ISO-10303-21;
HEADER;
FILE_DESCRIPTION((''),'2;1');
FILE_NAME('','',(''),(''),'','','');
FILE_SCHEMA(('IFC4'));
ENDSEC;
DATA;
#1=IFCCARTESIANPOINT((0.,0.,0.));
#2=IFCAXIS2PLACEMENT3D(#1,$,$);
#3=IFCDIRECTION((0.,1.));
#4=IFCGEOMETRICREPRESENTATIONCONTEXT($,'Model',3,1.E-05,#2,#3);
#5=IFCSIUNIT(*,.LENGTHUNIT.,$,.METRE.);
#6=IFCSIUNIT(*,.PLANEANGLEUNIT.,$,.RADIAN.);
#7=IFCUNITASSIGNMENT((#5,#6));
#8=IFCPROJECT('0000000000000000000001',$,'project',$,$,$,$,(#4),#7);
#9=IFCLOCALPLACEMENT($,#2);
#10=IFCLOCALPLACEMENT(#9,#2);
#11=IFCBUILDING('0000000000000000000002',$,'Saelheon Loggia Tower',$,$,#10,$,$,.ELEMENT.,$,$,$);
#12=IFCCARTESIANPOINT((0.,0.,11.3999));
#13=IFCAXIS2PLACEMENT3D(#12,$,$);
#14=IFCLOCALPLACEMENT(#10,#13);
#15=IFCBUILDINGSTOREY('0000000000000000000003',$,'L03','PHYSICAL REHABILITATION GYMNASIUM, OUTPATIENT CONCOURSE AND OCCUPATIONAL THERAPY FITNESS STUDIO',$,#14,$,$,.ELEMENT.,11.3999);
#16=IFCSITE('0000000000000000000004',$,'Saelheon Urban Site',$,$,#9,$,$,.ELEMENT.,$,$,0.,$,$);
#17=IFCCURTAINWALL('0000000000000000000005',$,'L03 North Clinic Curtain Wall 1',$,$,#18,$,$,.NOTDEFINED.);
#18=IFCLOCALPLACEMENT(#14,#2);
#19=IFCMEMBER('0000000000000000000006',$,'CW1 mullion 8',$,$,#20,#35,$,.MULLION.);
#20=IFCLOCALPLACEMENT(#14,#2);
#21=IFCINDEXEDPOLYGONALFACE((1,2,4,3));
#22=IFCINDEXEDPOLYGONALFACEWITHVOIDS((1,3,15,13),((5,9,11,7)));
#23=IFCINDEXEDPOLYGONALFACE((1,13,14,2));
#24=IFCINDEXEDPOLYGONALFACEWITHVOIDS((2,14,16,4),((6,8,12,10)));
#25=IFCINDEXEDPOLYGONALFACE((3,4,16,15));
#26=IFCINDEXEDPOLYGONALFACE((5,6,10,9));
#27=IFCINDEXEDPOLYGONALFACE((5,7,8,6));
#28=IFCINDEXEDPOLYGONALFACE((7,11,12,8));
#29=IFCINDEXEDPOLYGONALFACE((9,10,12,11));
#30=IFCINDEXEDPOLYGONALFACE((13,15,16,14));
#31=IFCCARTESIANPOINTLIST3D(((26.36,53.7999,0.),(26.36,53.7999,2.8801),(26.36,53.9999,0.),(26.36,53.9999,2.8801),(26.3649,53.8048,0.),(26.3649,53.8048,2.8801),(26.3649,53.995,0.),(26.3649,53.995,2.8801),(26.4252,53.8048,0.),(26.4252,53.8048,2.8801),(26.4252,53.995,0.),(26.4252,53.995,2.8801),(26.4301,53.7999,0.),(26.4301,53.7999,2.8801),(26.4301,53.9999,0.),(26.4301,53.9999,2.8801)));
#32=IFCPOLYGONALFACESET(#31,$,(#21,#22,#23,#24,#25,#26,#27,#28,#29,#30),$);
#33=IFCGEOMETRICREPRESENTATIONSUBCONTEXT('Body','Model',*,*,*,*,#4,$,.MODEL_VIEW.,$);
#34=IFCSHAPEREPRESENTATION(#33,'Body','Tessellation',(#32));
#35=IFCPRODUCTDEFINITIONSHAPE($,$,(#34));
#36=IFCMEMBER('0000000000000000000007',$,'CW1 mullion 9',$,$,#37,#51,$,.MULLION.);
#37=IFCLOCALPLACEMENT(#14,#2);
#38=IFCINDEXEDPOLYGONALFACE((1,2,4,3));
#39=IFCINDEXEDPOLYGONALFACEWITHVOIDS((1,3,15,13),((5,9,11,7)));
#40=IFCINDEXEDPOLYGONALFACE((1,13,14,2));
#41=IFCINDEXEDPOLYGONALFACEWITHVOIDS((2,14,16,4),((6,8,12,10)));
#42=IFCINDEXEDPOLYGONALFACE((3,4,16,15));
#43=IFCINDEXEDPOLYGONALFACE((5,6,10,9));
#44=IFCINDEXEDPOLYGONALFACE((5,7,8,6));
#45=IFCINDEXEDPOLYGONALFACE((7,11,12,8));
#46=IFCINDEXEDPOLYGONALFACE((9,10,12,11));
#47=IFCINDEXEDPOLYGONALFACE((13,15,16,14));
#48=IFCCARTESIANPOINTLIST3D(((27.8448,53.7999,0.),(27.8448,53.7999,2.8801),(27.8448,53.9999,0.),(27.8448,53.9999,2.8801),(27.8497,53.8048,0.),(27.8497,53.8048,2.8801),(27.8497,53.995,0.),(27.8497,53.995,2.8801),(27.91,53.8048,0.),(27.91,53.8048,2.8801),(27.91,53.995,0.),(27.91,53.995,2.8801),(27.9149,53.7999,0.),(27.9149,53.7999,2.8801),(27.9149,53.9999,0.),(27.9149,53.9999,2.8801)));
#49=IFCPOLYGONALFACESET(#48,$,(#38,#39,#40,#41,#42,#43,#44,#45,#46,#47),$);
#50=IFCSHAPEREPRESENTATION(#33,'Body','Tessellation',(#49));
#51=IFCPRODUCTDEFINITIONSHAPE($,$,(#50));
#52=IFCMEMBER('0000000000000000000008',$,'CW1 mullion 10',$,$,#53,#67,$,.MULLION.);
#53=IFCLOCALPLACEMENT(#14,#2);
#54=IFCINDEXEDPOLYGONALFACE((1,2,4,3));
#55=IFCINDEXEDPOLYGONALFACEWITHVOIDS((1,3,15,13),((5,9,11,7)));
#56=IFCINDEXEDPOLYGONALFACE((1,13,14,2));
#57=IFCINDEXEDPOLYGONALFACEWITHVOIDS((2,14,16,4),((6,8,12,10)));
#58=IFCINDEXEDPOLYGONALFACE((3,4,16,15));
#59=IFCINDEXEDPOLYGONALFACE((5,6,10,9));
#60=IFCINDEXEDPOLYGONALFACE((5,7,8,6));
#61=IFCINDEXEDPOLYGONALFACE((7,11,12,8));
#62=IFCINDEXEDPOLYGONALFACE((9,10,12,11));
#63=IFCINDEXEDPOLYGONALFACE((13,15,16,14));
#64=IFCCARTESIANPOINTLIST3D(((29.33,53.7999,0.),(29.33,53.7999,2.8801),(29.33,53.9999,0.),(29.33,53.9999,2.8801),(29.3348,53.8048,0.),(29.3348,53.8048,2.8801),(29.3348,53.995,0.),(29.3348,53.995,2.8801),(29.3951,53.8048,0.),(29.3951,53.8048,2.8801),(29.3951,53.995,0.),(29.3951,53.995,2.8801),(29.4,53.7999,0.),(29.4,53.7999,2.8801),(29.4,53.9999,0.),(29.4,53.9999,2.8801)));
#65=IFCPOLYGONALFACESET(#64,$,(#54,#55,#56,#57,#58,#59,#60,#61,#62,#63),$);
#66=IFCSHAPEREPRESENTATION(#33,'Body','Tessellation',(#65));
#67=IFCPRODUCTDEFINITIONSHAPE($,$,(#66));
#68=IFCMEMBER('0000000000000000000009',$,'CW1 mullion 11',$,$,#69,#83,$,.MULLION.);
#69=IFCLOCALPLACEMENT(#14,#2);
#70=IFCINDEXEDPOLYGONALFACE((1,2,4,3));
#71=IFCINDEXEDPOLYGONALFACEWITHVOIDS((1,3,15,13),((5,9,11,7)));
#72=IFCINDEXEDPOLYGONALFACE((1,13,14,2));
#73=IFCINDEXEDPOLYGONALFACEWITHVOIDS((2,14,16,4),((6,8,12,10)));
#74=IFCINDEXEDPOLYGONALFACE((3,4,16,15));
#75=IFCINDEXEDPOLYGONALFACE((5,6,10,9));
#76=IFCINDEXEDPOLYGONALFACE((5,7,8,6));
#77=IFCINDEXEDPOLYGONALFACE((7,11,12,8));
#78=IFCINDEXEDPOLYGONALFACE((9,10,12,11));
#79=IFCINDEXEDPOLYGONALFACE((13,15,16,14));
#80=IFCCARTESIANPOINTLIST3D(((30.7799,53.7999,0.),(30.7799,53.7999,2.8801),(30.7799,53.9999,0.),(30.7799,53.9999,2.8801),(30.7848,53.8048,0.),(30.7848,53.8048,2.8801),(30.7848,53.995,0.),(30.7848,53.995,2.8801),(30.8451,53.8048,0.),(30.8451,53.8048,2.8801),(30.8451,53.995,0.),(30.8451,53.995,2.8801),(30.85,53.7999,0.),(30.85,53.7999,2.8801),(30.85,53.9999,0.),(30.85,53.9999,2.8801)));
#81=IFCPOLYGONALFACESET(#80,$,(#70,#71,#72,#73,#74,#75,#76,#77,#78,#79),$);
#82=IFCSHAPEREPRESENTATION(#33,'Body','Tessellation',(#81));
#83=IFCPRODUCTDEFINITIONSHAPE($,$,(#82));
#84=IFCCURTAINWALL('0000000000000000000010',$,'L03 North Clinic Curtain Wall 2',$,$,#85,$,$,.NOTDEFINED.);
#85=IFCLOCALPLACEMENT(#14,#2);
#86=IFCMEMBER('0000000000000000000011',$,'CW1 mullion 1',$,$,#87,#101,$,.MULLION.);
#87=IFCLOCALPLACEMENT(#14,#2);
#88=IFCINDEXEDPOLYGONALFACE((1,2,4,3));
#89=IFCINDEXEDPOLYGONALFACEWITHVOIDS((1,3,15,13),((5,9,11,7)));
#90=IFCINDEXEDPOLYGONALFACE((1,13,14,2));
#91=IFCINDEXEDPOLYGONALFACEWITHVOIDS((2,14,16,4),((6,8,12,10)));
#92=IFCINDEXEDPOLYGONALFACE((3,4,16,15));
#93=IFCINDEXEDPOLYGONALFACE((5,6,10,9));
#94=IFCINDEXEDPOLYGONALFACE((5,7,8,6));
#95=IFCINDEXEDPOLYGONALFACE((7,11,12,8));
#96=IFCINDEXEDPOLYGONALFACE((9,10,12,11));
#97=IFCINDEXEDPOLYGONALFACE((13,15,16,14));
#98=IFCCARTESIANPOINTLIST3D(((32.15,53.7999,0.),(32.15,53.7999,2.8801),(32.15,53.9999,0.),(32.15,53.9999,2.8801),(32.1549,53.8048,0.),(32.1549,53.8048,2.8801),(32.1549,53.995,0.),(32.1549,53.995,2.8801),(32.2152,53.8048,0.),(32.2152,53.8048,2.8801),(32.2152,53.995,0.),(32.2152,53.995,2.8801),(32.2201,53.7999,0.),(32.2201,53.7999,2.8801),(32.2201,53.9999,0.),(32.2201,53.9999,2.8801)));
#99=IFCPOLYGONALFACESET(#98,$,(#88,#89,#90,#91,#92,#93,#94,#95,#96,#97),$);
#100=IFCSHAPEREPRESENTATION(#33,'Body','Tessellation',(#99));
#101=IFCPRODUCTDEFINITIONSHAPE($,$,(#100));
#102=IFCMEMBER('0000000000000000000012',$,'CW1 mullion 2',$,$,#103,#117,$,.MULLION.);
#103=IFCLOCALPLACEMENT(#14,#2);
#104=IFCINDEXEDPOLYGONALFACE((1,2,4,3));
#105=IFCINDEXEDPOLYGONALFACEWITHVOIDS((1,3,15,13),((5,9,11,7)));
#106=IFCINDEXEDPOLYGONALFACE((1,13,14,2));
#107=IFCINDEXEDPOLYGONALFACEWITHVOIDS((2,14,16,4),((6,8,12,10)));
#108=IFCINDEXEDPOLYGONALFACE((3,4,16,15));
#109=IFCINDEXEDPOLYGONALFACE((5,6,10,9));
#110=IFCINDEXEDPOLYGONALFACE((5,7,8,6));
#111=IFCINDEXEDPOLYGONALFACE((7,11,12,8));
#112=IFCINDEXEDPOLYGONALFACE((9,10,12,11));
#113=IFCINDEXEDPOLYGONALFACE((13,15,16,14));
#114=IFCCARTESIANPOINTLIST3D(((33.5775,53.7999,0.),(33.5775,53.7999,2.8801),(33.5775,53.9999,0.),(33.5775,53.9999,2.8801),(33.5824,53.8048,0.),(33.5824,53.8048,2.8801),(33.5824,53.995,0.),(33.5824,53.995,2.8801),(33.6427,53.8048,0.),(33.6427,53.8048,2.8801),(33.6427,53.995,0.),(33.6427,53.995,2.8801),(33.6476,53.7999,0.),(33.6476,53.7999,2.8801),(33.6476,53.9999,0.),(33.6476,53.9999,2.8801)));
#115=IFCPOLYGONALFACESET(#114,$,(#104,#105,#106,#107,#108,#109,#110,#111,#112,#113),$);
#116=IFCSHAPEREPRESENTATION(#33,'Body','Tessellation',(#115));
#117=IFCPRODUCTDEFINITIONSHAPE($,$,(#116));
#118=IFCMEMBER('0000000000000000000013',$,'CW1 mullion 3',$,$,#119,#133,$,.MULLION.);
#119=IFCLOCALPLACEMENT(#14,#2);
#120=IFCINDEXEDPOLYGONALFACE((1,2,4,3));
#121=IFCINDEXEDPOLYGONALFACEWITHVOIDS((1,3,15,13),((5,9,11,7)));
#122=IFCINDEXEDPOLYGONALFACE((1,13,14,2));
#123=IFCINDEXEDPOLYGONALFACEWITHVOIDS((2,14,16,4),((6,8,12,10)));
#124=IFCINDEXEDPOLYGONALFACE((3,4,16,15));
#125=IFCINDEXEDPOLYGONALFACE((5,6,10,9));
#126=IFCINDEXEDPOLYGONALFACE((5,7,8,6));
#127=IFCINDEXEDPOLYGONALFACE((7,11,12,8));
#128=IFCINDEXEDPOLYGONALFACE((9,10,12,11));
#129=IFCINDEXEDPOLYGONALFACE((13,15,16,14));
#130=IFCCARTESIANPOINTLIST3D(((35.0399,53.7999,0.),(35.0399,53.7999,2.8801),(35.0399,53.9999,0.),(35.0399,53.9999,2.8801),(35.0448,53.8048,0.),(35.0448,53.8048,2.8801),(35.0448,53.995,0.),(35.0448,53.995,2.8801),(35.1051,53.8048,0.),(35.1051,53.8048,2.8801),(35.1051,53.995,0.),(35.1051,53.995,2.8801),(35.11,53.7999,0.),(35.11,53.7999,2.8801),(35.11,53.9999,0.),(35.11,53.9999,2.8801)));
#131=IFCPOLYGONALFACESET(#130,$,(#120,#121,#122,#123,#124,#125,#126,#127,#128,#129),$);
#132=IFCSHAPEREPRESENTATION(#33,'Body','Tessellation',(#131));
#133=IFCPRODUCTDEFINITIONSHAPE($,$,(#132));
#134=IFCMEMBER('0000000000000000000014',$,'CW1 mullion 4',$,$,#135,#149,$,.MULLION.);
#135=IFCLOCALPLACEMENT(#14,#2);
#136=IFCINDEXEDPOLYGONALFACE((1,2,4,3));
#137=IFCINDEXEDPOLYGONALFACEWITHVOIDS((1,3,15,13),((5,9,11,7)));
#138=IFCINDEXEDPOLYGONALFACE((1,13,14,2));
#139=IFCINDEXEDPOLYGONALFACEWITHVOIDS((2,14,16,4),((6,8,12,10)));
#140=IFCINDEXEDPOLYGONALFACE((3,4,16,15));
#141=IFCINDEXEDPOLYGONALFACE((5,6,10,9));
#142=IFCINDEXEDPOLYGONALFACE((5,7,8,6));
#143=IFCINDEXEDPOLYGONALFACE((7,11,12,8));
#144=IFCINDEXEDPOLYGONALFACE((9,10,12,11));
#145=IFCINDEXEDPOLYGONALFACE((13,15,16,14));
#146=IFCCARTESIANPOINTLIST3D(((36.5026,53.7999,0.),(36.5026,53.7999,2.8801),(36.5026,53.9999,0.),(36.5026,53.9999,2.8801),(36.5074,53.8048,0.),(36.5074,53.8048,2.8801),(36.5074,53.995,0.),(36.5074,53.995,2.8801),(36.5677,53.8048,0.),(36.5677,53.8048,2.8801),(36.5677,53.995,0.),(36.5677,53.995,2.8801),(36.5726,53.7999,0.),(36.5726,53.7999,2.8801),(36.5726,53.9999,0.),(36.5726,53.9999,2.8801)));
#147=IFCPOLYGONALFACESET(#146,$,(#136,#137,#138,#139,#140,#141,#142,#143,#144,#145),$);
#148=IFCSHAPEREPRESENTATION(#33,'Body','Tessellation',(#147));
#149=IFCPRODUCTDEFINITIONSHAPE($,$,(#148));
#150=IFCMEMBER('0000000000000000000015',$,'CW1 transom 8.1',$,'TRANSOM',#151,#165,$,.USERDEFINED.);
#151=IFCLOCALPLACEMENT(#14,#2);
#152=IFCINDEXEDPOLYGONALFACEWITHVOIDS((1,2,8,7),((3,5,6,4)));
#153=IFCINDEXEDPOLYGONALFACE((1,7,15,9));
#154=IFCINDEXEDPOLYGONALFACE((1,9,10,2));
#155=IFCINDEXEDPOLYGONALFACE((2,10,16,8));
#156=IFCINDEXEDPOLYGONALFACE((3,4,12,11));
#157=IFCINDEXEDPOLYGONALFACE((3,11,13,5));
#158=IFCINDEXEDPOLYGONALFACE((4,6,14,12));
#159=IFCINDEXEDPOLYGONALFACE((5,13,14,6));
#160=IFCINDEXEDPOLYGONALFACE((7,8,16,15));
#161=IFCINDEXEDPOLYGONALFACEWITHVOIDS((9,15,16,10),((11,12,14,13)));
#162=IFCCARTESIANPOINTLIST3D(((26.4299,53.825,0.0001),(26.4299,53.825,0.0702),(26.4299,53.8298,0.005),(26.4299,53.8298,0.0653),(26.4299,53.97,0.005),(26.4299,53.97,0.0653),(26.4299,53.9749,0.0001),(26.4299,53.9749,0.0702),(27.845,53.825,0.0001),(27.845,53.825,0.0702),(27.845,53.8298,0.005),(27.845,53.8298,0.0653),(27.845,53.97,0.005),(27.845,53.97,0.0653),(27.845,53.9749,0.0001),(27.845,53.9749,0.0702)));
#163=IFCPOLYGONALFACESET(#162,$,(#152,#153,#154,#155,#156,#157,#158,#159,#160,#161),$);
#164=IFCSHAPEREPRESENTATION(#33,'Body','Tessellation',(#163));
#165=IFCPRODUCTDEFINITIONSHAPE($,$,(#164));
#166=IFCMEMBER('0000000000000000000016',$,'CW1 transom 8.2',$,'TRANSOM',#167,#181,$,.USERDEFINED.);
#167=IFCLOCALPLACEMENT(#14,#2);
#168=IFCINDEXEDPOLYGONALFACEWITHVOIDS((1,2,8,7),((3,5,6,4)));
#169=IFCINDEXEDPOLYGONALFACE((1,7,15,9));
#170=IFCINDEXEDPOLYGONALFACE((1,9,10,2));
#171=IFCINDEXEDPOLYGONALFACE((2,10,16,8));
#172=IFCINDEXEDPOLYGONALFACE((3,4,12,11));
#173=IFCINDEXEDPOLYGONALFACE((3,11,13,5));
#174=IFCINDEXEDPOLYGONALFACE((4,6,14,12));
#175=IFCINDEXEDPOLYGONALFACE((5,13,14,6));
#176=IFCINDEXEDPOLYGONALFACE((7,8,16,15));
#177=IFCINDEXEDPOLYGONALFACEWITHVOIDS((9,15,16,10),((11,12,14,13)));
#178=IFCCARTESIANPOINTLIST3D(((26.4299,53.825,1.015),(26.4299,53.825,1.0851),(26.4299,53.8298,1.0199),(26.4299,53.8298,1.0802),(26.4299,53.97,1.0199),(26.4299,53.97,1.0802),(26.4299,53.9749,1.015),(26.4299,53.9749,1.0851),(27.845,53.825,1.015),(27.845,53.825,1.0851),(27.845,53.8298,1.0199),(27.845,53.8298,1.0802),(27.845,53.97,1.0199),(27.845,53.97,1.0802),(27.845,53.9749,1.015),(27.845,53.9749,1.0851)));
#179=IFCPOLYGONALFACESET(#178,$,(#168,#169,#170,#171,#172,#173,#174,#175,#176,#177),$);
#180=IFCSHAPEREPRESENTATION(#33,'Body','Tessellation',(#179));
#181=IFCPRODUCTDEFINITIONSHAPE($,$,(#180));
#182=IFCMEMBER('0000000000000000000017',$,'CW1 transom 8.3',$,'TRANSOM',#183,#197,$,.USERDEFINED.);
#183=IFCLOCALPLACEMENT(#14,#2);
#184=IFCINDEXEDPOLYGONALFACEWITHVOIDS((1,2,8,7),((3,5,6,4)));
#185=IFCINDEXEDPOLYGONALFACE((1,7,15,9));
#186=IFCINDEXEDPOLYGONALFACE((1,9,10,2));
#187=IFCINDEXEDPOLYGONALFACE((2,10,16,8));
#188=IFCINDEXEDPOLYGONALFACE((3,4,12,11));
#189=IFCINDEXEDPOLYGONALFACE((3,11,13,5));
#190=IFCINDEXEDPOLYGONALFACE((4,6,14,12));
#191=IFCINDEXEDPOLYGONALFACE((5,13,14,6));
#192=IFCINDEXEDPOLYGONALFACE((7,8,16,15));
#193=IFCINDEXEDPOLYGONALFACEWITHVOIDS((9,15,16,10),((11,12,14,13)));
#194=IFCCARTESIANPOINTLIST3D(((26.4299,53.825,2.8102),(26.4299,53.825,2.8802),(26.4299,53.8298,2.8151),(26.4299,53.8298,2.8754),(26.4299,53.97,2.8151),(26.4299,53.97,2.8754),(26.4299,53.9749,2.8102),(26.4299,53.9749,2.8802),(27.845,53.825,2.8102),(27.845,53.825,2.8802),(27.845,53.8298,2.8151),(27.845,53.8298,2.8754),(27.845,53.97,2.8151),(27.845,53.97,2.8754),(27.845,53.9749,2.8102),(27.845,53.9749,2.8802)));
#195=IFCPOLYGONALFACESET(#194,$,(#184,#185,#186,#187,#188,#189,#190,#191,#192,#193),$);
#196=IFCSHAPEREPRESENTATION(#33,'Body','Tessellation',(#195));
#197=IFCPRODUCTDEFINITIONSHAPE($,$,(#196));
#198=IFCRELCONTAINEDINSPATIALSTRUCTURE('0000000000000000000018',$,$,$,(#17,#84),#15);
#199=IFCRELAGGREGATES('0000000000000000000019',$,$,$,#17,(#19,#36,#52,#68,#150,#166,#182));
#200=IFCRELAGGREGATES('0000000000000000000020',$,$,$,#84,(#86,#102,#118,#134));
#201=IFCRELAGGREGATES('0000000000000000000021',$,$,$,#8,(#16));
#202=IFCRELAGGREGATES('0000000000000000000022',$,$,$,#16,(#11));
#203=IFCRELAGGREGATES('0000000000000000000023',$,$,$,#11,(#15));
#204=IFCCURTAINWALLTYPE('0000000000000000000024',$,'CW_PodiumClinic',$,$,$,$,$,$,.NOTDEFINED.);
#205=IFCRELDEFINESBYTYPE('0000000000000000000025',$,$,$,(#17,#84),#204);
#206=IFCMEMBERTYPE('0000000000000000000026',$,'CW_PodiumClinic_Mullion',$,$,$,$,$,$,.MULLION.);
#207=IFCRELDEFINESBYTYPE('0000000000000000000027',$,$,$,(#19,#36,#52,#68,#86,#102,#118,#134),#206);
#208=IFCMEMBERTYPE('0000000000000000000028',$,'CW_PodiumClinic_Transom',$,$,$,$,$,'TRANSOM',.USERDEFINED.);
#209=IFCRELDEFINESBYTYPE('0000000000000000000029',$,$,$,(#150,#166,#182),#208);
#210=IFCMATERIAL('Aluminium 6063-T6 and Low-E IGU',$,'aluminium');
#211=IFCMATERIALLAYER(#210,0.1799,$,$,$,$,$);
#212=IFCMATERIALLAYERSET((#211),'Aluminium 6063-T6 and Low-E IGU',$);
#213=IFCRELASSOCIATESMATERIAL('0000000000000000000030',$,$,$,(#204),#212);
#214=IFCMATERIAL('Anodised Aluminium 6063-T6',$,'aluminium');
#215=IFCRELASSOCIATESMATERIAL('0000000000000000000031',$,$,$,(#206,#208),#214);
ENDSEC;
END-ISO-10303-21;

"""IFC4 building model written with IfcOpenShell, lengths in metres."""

from ifc_helpers import new_model, si_unit, direction, frame, origin, origin_2d, place, context, subcontext, project, spatial, hollow_rectangle, extrude, source, transform, mapped, material, layer, layer_set, material_profile, profile_set, type_object, element, aggregate, save


model = new_model("IFC4")

# Units and contexts
model_context = context("Model", 3, precision=1e-05, world=origin(), true_north=direction((0.0, 1.0)))
body_context = subcontext(model_context, "Body", "Model", "MODEL_VIEW")
ifc_project = project(units=[si_unit("LENGTHUNIT", "METRE"), si_unit("PLANEANGLEUNIT", "RADIAN")], contexts=[model_context])

# Site, building, storey
site_placement = place(None, origin())
site = spatial("IfcSite", under=ifc_project, at=site_placement, Name="Saelheon Urban Site", CompositionType="ELEMENT", RefElevation=0.0)
building_placement = place(site_placement, origin())
building = spatial("IfcBuilding", under=site, at=building_placement, Name="Saelheon Loggia Tower", CompositionType="ELEMENT")
storey_placement = place(building_placement, frame((0.0, 0.0, 11.3999)))
storey = spatial("IfcBuildingStorey", under=building, at=storey_placement, Name="L03", Description="PHYSICAL REHABILITATION GYMNASIUM, OUTPATIENT CONCOURSE AND OCCUPATIONAL THERAPY FITNESS STUDIO", CompositionType="ELEMENT", Elevation=11.3999)

# Curtain walls, members
ifc_material_1 = material(Name="Aluminium 6063-T6 and Low-E IGU", Category="aluminium")
ifc_layer_1 = layer(ifc_material_1, 0.1799)
ifc_layer_set_1 = layer_set([ifc_layer_1], Name="Aluminium 6063-T6 and Low-E IGU")
curtain_wall_type = type_object("IfcCurtainWallType", Name="CW_PodiumClinic", PredefinedType="NOTDEFINED", material=ifc_layer_set_1)
curtain_wall_1_placement = place(storey_placement, origin())
curtain_wall_1 = element("IfcCurtainWall", 1, at=curtain_wall_1_placement, inside=storey, type_object=curtain_wall_type, Name="L03 North Clinic Curtain Wall 1", PredefinedType="NOTDEFINED")
ifc_material_2 = material(Name="Anodised Aluminium 6063-T6", Category="aluminium")
ifc_material_profile_1 = material_profile(ifc_material_2, hollow_rectangle(XDim=0.0701, YDim=0.2, WallThickness=0.0049, at=origin_2d()), Name="RHS-200x70x5")
ifc_profile_set_1 = profile_set([ifc_material_profile_1], Name="Anodised Aluminium 6063-T6")
member_type_1 = type_object("IfcMemberType", Name="CW_PodiumClinic_Mullion", PredefinedType="MULLION", material=ifc_profile_set_1)
shared_shape_1 = source(origin(), body_context, "Body", "SweptSolid", [
    extrude(hollow_rectangle(XDim=0.0701, YDim=0.2, WallThickness=0.0049, at=origin_2d()), origin(), (0.0, 0.0, 1.0), 2.8801),
])
member_1_placement = place(storey_placement, frame((26.395, 53.8999, 0.0), z_axis=(0.0, 0.0, 1.0), x_axis=(1.0, 0.0, 0.0)))
member_1 = element("IfcMember", 2, at=member_1_placement, type_object=member_type_1, Name="CW1 mullion 8", PredefinedType="MULLION", context=body_context, shape_type="MappedRepresentation", body=[
    mapped(shared_shape_1, transform((0.0, 0.0, 0.0), scale=1.0)),
])
member_2_placement = place(storey_placement, frame((27.8799, 53.8999, 0.0), z_axis=(0.0, 0.0, 1.0), x_axis=(1.0, 0.0, 0.0)))
member_2 = element("IfcMember", 3, at=member_2_placement, type_object=member_type_1, Name="CW1 mullion 9", PredefinedType="MULLION", context=body_context, shape_type="MappedRepresentation", body=[
    mapped(shared_shape_1, transform((0.0, 0.0, 0.0), scale=1.0)),
])
member_3_placement = place(storey_placement, frame((29.365, 53.8999, 0.0), z_axis=(0.0, 0.0, 1.0), x_axis=(1.0, 0.0, 0.0)))
member_3 = element("IfcMember", 4, at=member_3_placement, type_object=member_type_1, Name="CW1 mullion 10", PredefinedType="MULLION", context=body_context, shape_type="MappedRepresentation", body=[
    mapped(shared_shape_1, transform((0.0, 0.0, 0.0), scale=1.0)),
])
member_4_placement = place(storey_placement, frame((30.8149, 53.8999, 0.0), z_axis=(0.0, 0.0, 1.0), x_axis=(1.0, 0.0, 0.0)))
member_4 = element("IfcMember", 5, at=member_4_placement, type_object=member_type_1, Name="CW1 mullion 11", PredefinedType="MULLION", context=body_context, shape_type="MappedRepresentation", body=[
    mapped(shared_shape_1, transform((0.0, 0.0, 0.0), scale=1.0)),
])
curtain_wall_2_placement = place(storey_placement, origin())
curtain_wall_2 = element("IfcCurtainWall", 6, at=curtain_wall_2_placement, inside=storey, type_object=curtain_wall_type, Name="L03 North Clinic Curtain Wall 2", PredefinedType="NOTDEFINED")
member_5_placement = place(storey_placement, frame((32.1851, 53.8999, 0.0), z_axis=(0.0, 0.0, 1.0), x_axis=(1.0, 0.0, 0.0)))
member_5 = element("IfcMember", 7, at=member_5_placement, type_object=member_type_1, Name="CW1 mullion 1", PredefinedType="MULLION", context=body_context, shape_type="MappedRepresentation", body=[
    mapped(shared_shape_1, transform((0.0, 0.0, 0.0), scale=1.0)),
])
member_6_placement = place(storey_placement, frame((33.6125, 53.8999, 0.0), z_axis=(0.0, 0.0, 1.0), x_axis=(1.0, 0.0, 0.0)))
member_6 = element("IfcMember", 8, at=member_6_placement, type_object=member_type_1, Name="CW1 mullion 2", PredefinedType="MULLION", context=body_context, shape_type="MappedRepresentation", body=[
    mapped(shared_shape_1, transform((0.0, 0.0, 0.0), scale=1.0)),
])
member_7_placement = place(storey_placement, frame((35.075, 53.8999, 0.0), z_axis=(0.0, 0.0, 1.0), x_axis=(1.0, 0.0, 0.0)))
member_7 = element("IfcMember", 9, at=member_7_placement, type_object=member_type_1, Name="CW1 mullion 3", PredefinedType="MULLION", context=body_context, shape_type="MappedRepresentation", body=[
    mapped(shared_shape_1, transform((0.0, 0.0, 0.0), scale=1.0)),
])
member_8_placement = place(storey_placement, frame((36.5376, 53.8999, 0.0), z_axis=(0.0, 0.0, 1.0), x_axis=(1.0, 0.0, 0.0)))
member_8 = element("IfcMember", 10, at=member_8_placement, type_object=member_type_1, Name="CW1 mullion 4", PredefinedType="MULLION", context=body_context, shape_type="MappedRepresentation", body=[
    mapped(shared_shape_1, transform((0.0, 0.0, 0.0), scale=1.0)),
])

# Members
ifc_material_profile_2 = material_profile(ifc_material_2, hollow_rectangle(XDim=0.0701, YDim=0.1499, WallThickness=0.0049, at=origin_2d()), Name="RHS-150x70x5")
ifc_profile_set_2 = profile_set([ifc_material_profile_2], Name="Anodised Aluminium 6063-T6")
member_type_2 = type_object("IfcMemberType", Name="CW_PodiumClinic_Transom", ElementType="TRANSOM", PredefinedType="USERDEFINED", material=ifc_profile_set_2)
shared_shape_2 = source(origin(), body_context, "Body", "SweptSolid", [
    extrude(hollow_rectangle(XDim=0.0701, YDim=0.1499, WallThickness=0.0049, at=origin_2d()), origin(), (0.0, 0.0, 1.0), 1.415),
])
member_9_placement = place(storey_placement, frame((26.4299, 53.8999, 0.0352), z_axis=(1.0, 0.0, 0.0), x_axis=(0.0, 0.0, 1.0)))
member_9 = element("IfcMember", 11, at=member_9_placement, type_object=member_type_2, Name="CW1 transom 8.1", ObjectType="TRANSOM", PredefinedType="USERDEFINED", context=body_context, shape_type="MappedRepresentation", body=[
    mapped(shared_shape_2, transform((0.0, 0.0, 0.0), scale=1.0)),
])
member_10_placement = place(storey_placement, frame((26.4299, 53.8999, 1.05), z_axis=(1.0, 0.0, 0.0), x_axis=(0.0, 0.0, 1.0)))
member_10 = element("IfcMember", 12, at=member_10_placement, type_object=member_type_2, Name="CW1 transom 8.2", ObjectType="TRANSOM", PredefinedType="USERDEFINED", context=body_context, shape_type="MappedRepresentation", body=[
    mapped(shared_shape_2, transform((0.0, 0.0, 0.0), scale=1.0)),
])
member_11_placement = place(storey_placement, frame((26.4299, 53.8999, 2.8452), z_axis=(1.0, 0.0, 0.0), x_axis=(0.0, 0.0, 1.0)))
member_11 = element("IfcMember", 13, at=member_11_placement, type_object=member_type_2, Name="CW1 transom 8.3", ObjectType="TRANSOM", PredefinedType="USERDEFINED", context=body_context, shape_type="MappedRepresentation", body=[
    mapped(shared_shape_2, transform((0.0, 0.0, 0.0), scale=1.0)),
])

aggregate(curtain_wall_1, [member_1, member_2, member_3, member_4, member_9, member_10, member_11])
aggregate(curtain_wall_2, [member_5, member_6, member_7, member_8])

save(model, "model.ifc")
